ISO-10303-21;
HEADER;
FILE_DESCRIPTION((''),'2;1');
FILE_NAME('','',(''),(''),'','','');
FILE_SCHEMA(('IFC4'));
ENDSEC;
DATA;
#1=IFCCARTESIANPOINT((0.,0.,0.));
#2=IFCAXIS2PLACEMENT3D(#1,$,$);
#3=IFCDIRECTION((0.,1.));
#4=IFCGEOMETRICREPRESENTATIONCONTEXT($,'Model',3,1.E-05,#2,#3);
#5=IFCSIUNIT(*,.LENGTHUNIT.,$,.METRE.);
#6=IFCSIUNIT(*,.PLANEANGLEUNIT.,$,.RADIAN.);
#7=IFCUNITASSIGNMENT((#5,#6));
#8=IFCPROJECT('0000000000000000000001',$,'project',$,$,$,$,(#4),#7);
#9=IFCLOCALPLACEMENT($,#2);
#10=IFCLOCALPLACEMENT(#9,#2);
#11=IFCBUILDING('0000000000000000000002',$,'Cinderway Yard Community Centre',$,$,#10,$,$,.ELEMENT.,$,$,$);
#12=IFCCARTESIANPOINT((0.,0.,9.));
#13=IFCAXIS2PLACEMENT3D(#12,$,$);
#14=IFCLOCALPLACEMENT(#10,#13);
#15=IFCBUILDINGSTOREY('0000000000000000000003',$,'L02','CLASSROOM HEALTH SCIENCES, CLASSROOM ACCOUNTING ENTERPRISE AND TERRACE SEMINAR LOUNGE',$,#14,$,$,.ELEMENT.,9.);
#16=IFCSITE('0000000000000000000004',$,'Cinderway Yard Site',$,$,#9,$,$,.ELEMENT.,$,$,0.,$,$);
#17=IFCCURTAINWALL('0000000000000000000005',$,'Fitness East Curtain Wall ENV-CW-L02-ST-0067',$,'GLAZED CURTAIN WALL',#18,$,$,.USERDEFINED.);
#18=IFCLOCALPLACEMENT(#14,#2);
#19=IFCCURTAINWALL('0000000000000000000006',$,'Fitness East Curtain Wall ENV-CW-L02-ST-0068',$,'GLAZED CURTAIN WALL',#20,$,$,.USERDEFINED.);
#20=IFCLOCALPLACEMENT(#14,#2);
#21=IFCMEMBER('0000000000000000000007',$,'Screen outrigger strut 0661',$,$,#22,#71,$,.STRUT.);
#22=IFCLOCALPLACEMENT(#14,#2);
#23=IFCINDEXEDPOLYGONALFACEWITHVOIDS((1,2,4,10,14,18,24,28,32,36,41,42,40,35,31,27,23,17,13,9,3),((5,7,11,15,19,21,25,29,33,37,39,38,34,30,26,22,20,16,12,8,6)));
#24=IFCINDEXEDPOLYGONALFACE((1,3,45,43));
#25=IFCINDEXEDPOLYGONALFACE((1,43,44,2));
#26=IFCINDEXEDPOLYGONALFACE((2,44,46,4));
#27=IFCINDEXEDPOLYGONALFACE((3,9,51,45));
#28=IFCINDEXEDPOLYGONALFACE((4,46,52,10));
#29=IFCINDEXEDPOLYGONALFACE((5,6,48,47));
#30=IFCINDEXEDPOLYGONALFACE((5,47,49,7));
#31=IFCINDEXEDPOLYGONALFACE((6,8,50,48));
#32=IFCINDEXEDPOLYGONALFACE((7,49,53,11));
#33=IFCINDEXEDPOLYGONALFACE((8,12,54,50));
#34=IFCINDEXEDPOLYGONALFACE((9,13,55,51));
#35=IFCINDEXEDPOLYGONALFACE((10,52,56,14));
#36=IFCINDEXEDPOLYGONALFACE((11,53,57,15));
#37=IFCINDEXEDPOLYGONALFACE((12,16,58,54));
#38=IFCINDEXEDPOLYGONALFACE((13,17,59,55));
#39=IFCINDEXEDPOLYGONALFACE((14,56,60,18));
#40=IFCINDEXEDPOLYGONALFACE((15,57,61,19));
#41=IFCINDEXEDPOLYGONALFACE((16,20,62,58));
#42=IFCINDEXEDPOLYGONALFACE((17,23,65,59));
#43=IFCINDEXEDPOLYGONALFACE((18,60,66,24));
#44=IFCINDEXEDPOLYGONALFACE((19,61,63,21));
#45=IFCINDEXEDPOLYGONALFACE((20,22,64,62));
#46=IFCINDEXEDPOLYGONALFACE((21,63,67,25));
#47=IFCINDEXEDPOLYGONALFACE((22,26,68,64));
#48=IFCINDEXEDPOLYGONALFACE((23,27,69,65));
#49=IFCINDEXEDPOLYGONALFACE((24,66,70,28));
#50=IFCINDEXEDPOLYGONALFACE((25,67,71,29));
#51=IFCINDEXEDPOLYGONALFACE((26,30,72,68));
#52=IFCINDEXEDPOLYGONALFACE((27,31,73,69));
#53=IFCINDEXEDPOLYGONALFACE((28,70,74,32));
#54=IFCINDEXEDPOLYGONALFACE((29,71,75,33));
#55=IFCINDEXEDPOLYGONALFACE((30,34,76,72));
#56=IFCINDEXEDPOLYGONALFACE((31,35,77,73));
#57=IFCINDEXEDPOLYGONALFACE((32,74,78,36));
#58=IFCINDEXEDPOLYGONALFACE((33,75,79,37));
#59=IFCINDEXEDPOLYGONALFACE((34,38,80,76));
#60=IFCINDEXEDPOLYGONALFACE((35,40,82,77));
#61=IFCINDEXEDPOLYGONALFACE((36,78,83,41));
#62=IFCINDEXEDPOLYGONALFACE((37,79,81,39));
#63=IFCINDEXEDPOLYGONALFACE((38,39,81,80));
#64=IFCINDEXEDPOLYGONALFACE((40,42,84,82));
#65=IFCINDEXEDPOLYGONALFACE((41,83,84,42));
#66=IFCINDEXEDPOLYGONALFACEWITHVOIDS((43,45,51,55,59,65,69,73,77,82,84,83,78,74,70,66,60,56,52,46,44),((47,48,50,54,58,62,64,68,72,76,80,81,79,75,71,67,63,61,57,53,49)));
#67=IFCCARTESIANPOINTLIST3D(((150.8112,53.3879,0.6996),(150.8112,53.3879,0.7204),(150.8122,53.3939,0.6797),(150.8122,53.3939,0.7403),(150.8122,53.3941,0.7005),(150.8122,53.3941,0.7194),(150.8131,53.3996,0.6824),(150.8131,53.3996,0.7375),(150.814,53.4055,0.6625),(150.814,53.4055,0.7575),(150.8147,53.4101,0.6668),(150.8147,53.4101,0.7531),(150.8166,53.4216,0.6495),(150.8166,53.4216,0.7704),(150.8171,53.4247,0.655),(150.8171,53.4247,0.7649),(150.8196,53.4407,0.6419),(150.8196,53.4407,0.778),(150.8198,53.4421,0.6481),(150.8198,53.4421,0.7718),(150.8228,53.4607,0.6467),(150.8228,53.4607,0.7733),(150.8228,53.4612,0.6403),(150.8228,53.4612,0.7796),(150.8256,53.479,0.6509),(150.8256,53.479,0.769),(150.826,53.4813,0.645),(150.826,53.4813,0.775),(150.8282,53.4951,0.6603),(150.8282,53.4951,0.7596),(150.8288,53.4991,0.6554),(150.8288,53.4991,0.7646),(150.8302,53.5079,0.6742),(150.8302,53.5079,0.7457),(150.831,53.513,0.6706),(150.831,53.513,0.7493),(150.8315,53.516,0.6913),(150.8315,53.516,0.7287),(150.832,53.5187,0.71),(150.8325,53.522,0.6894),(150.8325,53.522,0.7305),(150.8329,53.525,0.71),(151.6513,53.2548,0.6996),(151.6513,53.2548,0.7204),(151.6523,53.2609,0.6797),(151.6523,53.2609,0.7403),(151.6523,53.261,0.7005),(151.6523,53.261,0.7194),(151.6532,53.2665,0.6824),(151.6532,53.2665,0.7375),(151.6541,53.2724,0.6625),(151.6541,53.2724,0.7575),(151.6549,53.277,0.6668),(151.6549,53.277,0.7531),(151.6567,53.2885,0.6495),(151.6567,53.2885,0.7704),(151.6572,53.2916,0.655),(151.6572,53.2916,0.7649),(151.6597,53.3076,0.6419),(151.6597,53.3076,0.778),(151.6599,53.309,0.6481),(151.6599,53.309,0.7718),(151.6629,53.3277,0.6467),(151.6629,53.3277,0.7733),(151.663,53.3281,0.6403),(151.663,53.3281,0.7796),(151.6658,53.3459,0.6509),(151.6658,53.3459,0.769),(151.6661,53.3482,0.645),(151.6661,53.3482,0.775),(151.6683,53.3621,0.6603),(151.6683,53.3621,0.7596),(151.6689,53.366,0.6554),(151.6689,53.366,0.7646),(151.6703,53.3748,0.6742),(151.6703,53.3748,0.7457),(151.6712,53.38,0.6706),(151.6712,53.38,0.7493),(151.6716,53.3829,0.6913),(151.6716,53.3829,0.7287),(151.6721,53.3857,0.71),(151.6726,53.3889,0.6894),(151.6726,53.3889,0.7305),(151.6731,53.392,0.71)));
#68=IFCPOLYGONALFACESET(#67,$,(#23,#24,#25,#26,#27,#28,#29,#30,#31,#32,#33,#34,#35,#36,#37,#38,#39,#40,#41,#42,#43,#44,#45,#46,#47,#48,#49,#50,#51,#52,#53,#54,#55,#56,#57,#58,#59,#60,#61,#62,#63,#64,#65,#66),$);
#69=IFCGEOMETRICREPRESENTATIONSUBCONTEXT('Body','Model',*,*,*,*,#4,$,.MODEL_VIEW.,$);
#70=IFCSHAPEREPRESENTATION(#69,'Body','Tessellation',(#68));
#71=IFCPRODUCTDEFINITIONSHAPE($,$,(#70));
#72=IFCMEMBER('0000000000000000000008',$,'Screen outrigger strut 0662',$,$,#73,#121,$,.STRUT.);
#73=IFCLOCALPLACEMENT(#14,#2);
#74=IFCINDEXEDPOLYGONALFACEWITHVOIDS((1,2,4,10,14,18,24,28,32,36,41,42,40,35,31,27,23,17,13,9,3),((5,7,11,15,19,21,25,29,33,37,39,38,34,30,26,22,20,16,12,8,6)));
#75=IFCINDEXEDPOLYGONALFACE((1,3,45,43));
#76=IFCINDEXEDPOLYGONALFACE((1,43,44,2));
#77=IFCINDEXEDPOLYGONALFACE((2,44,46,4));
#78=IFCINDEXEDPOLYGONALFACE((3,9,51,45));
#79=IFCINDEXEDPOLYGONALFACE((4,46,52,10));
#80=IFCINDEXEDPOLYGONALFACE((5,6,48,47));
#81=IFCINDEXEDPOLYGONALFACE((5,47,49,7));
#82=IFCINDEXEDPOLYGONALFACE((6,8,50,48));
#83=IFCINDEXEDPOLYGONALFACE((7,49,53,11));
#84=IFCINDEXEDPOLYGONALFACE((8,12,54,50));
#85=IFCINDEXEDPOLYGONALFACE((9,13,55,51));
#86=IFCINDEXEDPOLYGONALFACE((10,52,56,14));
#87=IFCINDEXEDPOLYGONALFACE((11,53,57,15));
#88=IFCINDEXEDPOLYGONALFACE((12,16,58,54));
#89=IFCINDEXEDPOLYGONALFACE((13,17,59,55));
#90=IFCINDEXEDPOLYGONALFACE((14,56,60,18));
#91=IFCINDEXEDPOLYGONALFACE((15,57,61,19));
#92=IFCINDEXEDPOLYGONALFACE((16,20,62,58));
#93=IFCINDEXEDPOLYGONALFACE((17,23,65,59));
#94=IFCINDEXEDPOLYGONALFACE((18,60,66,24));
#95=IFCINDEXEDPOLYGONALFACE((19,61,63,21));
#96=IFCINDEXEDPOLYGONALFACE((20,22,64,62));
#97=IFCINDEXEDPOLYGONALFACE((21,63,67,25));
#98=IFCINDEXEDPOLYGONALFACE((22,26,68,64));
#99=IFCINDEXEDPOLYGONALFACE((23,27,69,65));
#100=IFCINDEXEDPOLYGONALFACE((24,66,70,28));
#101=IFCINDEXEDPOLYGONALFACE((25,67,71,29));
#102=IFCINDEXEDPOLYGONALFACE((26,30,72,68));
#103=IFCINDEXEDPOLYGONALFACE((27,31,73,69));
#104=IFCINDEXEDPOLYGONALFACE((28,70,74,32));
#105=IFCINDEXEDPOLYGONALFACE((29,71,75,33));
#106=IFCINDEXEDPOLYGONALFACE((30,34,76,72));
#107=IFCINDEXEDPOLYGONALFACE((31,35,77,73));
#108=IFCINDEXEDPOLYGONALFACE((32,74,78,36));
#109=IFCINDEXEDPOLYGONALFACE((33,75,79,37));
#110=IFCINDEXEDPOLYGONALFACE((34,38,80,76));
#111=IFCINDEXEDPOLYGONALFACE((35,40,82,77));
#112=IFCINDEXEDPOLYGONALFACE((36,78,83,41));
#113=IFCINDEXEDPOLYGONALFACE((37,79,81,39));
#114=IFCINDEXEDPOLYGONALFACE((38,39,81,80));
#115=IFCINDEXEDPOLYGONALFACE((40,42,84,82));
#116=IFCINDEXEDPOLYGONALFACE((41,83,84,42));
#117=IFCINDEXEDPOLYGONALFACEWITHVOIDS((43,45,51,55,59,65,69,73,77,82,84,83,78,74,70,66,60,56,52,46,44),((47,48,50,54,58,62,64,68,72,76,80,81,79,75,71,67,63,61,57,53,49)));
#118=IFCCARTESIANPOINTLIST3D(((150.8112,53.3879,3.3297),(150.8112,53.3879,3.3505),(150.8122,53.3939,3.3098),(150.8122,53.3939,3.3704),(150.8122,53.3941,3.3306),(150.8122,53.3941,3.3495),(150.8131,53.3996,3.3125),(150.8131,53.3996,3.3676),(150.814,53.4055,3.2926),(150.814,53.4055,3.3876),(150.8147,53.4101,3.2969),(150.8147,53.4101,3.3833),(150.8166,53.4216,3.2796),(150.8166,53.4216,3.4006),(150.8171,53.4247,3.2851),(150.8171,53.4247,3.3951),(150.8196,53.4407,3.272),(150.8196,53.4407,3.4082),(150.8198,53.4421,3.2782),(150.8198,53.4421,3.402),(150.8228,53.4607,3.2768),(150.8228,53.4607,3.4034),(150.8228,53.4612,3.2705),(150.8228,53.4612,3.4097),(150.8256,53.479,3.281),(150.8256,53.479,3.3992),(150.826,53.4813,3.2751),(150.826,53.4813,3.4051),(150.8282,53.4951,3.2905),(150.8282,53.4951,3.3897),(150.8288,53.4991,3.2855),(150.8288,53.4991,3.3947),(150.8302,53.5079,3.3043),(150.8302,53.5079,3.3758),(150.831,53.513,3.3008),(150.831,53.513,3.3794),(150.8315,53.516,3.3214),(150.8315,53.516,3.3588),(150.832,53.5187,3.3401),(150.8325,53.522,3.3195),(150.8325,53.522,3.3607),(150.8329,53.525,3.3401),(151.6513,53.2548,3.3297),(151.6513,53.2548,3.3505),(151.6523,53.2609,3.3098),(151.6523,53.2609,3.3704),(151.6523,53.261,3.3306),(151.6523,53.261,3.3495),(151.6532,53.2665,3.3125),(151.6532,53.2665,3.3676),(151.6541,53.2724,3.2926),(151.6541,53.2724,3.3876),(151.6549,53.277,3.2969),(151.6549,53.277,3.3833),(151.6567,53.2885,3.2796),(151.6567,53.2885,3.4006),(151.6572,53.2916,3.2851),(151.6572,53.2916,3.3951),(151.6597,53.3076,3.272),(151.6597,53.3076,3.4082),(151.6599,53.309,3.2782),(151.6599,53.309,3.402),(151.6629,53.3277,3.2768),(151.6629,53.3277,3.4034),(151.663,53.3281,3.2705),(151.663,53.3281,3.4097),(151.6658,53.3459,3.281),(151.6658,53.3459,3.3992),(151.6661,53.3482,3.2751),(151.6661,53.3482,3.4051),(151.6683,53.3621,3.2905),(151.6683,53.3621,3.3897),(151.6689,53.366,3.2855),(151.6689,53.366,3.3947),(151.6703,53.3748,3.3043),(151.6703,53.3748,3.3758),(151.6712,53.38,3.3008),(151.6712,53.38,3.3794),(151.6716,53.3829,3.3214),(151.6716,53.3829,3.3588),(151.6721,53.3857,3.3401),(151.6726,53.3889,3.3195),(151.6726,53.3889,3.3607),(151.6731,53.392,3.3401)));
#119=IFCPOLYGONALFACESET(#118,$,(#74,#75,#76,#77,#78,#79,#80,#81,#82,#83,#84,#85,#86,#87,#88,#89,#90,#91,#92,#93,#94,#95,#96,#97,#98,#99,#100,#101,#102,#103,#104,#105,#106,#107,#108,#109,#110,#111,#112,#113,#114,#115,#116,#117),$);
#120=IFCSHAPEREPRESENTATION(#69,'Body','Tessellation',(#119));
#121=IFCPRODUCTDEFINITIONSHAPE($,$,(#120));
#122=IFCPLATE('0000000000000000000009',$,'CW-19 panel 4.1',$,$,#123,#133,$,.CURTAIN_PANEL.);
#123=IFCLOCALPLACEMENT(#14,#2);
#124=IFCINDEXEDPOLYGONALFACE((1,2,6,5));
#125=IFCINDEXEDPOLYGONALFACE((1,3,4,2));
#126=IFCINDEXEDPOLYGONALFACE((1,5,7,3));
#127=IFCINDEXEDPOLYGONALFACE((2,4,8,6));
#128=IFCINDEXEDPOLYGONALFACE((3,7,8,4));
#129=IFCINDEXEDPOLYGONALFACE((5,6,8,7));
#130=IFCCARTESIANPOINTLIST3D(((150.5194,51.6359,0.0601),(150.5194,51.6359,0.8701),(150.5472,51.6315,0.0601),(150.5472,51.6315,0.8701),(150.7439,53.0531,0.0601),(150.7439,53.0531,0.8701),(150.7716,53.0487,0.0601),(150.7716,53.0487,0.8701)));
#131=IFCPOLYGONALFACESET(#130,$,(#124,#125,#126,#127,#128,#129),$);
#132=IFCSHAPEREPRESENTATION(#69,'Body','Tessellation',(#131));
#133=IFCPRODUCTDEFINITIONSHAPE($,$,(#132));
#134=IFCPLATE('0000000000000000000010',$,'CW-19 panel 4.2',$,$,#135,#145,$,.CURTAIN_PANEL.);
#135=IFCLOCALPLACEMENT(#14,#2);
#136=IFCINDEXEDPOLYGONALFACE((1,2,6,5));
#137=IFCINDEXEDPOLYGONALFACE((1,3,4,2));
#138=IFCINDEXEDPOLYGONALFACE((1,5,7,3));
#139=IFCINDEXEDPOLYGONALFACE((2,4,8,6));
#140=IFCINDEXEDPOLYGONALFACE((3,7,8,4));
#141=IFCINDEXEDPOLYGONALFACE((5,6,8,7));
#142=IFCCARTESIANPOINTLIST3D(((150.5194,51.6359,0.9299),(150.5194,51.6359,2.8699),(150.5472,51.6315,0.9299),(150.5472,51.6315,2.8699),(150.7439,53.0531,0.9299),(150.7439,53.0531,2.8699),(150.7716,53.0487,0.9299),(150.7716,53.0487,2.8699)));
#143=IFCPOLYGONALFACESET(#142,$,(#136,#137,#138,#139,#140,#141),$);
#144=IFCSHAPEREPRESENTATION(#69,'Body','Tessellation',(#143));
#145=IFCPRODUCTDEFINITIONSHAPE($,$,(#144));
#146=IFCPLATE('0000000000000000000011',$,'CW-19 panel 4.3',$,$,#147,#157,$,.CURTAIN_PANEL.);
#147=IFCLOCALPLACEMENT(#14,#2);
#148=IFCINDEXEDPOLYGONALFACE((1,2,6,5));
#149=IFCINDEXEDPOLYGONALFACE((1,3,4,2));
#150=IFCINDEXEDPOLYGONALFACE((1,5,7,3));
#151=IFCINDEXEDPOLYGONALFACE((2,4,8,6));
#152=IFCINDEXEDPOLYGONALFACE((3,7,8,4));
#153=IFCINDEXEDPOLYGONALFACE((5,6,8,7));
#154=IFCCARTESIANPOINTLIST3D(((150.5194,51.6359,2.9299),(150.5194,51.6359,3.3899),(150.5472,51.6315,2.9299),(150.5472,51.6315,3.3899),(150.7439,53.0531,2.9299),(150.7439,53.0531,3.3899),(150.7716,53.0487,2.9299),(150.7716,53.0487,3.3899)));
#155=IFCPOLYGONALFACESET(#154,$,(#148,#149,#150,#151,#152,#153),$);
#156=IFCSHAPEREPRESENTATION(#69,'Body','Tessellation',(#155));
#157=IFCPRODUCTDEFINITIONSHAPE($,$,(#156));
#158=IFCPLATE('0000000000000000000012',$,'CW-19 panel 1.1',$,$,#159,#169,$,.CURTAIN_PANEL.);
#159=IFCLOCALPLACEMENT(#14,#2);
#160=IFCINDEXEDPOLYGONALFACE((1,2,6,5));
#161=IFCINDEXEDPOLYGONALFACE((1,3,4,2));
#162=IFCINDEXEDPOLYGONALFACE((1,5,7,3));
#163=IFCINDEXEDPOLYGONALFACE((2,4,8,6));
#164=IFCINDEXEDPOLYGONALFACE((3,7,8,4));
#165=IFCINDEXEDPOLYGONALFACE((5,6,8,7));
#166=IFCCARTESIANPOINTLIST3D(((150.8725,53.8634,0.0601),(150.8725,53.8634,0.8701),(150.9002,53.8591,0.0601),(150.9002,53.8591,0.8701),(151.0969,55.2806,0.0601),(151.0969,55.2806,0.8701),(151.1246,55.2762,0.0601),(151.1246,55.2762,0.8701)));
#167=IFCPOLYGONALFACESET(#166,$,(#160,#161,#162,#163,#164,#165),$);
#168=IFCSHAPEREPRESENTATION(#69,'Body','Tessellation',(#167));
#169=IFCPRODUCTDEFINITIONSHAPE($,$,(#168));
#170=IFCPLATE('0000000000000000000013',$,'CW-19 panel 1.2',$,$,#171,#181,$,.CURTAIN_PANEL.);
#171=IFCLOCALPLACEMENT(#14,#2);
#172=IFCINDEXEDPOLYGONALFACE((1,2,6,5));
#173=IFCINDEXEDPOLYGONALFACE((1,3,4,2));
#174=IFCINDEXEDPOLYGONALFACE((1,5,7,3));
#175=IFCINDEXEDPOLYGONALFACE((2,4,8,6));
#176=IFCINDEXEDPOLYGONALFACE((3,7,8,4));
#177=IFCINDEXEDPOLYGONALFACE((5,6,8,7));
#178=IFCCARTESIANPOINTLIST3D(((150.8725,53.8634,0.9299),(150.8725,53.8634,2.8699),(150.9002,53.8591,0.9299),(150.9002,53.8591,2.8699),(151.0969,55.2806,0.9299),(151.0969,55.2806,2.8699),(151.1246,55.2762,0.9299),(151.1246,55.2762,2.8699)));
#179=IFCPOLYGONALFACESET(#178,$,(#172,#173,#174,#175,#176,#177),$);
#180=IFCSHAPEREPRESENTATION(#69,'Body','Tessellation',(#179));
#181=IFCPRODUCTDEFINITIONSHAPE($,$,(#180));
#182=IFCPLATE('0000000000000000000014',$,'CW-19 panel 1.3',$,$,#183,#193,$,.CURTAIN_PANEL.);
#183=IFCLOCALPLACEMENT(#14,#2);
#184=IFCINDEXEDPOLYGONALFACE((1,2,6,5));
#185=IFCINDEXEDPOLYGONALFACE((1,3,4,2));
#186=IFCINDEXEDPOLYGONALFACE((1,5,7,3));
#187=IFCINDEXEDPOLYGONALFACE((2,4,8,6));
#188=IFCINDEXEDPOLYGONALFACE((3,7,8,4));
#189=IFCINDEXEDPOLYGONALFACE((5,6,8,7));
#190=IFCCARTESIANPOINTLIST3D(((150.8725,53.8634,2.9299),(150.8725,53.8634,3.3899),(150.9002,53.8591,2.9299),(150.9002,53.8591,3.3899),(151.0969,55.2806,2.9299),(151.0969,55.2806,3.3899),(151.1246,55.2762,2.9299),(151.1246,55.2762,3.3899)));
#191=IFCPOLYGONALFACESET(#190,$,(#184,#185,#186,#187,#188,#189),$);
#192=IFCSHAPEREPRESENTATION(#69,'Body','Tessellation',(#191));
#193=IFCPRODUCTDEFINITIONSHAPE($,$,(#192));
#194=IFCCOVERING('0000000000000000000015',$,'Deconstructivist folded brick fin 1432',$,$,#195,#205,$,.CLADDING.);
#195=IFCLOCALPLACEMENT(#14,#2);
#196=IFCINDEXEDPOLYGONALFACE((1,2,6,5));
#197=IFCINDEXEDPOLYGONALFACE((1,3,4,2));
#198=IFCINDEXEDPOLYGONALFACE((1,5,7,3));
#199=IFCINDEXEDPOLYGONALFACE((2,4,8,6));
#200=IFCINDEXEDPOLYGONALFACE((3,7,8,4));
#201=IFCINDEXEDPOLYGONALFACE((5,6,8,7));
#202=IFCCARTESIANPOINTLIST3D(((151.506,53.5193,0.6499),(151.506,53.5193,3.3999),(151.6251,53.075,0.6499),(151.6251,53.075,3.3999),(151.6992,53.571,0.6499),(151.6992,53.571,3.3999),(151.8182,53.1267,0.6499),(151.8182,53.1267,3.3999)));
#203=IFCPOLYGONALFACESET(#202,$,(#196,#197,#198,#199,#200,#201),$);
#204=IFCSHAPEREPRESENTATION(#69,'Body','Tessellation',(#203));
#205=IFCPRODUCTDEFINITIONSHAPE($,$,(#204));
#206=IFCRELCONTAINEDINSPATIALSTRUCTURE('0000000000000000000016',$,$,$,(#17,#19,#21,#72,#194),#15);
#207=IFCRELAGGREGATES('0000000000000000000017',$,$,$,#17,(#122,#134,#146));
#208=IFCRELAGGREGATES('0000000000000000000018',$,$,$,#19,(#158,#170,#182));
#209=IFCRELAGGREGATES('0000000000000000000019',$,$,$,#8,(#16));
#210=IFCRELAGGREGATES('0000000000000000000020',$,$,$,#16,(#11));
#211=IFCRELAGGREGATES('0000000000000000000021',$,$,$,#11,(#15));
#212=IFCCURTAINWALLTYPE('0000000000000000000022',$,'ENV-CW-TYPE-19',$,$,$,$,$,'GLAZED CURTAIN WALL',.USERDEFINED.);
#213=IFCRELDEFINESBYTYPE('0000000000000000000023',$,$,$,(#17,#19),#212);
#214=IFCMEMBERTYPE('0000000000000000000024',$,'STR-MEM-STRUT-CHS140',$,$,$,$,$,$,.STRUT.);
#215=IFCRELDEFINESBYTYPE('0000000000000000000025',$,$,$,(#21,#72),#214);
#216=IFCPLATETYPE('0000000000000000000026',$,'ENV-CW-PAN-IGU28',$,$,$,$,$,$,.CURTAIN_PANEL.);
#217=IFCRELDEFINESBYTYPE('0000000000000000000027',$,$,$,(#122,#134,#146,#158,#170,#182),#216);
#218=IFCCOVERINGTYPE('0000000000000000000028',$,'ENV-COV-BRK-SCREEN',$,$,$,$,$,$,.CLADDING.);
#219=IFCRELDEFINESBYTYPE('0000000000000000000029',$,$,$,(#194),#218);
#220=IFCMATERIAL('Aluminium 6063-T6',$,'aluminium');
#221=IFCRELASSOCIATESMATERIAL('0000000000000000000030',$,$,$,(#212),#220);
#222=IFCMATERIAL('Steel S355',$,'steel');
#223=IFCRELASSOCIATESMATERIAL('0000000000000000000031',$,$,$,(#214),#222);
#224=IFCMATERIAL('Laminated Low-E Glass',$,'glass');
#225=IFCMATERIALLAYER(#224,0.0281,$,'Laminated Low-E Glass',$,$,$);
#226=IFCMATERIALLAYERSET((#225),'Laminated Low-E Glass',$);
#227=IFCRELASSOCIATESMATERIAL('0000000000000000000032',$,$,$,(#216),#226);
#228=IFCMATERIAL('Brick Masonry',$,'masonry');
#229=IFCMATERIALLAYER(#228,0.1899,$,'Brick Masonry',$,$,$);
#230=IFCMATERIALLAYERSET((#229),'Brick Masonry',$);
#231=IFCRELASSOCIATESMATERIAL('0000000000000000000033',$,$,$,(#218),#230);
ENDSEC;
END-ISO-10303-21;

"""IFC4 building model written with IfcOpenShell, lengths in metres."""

from ifc_helpers import new_model, si_unit, direction, frame, origin, origin_2d, place, context, subcontext, project, spatial, rectangle, hollow_circle, extrude, material, layer, layer_set, material_profile, profile_set, type_object, element, aggregate, save


model = new_model("IFC4")

# Units and contexts
model_context = context("Model", 3, precision=1e-05, world=origin(), true_north=direction((0.0, 1.0)))
body_context = subcontext(model_context, "Body", "Model", "MODEL_VIEW")
ifc_project = project(units=[si_unit("LENGTHUNIT", "METRE"), si_unit("PLANEANGLEUNIT", "RADIAN")], contexts=[model_context])

# Site, building, storey
site_placement = place(None, origin())
site = spatial("IfcSite", under=ifc_project, at=site_placement, Name="Cinderway Yard Site", CompositionType="ELEMENT", RefElevation=0.0)
building_placement = place(site_placement, origin())
building = spatial("IfcBuilding", under=site, at=building_placement, Name="Cinderway Yard Community Centre", CompositionType="ELEMENT")
storey_placement = place(building_placement, frame((0.0, 0.0, 9.0)))
storey = spatial("IfcBuildingStorey", under=building, at=storey_placement, Name="L02", Description="CLASSROOM HEALTH SCIENCES, CLASSROOM ACCOUNTING ENTERPRISE AND TERRACE SEMINAR LOUNGE", CompositionType="ELEMENT", Elevation=9.0)

# Curtain walls
ifc_material_1 = material(Name="Aluminium 6063-T6", Category="aluminium")
curtain_wall_type = type_object("IfcCurtainWallType", Name="ENV-CW-TYPE-19", ElementType="GLAZED CURTAIN WALL", PredefinedType="USERDEFINED", material=ifc_material_1)
curtain_wall_1_placement = place(storey_placement, origin())
curtain_wall_1 = element("IfcCurtainWall", 1, at=curtain_wall_1_placement, inside=storey, type_object=curtain_wall_type, Name="Fitness East Curtain Wall ENV-CW-L02-ST-0067", ObjectType="GLAZED CURTAIN WALL", PredefinedType="USERDEFINED")
curtain_wall_2_placement = place(storey_placement, origin())
curtain_wall_2 = element("IfcCurtainWall", 2, at=curtain_wall_2_placement, inside=storey, type_object=curtain_wall_type, Name="Fitness East Curtain Wall ENV-CW-L02-ST-0068", ObjectType="GLAZED CURTAIN WALL", PredefinedType="USERDEFINED")

# Shared definitions
ifc_material_2 = material(Name="Steel S355", Category="steel")

# Members
ifc_material_profile_1 = material_profile(ifc_material_2, hollow_circle(Radius=0.0698, WallThickness=0.0063, at=origin_2d()), Name="Steel S355")
ifc_profile_set_1 = profile_set([ifc_material_profile_1], Name="Steel S355")
member_type_1 = type_object("IfcMemberType", Name="STR-MEM-STRUT-CHS140", PredefinedType="STRUT", material=ifc_profile_set_1)
for number, where, z_axis, x_axis, name in (
    (3, (150.822, 53.4561, 0.71), (0.987688, -0.156434, 0.0), (0.156434, 0.987688, 0.0), "Screen outrigger strut 0661"),
    (4, (150.822, 53.4561, 3.3401), (0.987688, -0.156434, 0.0), (0.156434, 0.987688, 0.0), "Screen outrigger strut 0662"),
):
    element("IfcMember", number, at=place(storey_placement, frame(where, z_axis=z_axis, x_axis=x_axis)), inside=storey, type_object=member_type_1, Name=name, PredefinedType="STRUT", context=body_context, shape_type="SweptSolid", body=[
        extrude(hollow_circle(Radius=0.0698, WallThickness=0.0063, at=origin_2d()), origin(), (0.0, 0.0, 1.0), 0.8506),
    ])

# Plates
ifc_material_3 = material(Name="Laminated Low-E Glass", Category="glass")
ifc_layer_1 = layer(ifc_material_3, 0.0281, Name="Laminated Low-E Glass")
ifc_layer_set_1 = layer_set([ifc_layer_1], Name="Laminated Low-E Glass")
plate_type = type_object("IfcPlateType", Name="ENV-CW-PAN-IGU28", PredefinedType="CURTAIN_PANEL", material=ifc_layer_set_1)
plate_1_placement = place(storey_placement, frame((150.6455, 52.3423, 0.0601), z_axis=(0.0, 0.0, 1.0), x_axis=(0.156417, 0.987691, 0.0)))
plate_1 = element("IfcPlate", 5, at=plate_1_placement, type_object=plate_type, Name="CW-19 panel 4.1", PredefinedType="CURTAIN_PANEL", context=body_context, shape_type="SweptSolid", body=[
    extrude(rectangle(XDim=1.4348, YDim=0.0281, at=origin_2d()), origin(), (0.0, 0.0, 1.0), 0.8101),
])
plate_2_placement = place(storey_placement, frame((150.6455, 52.3423, 0.9299), z_axis=(0.0, 0.0, 1.0), x_axis=(0.156417, 0.987691, 0.0)))
plate_2 = element("IfcPlate", 6, at=plate_2_placement, type_object=plate_type, Name="CW-19 panel 4.2", PredefinedType="CURTAIN_PANEL", context=body_context, shape_type="SweptSolid", body=[
    extrude(rectangle(XDim=1.4348, YDim=0.0281, at=origin_2d()), origin(), (0.0, 0.0, 1.0), 1.9399),
])
plate_3_placement = place(storey_placement, frame((150.6455, 52.3423, 2.9299), z_axis=(0.0, 0.0, 1.0), x_axis=(0.156417, 0.987691, 0.0)))
plate_3 = element("IfcPlate", 7, at=plate_3_placement, type_object=plate_type, Name="CW-19 panel 4.3", PredefinedType="CURTAIN_PANEL", context=body_context, shape_type="SweptSolid", body=[
    extrude(rectangle(XDim=1.4348, YDim=0.0281, at=origin_2d()), origin(), (0.0, 0.0, 1.0), 0.46),
])
aggregate(curtain_wall_1, [plate_1, plate_2, plate_3])
plate_4_placement = place(storey_placement, frame((150.9985, 54.5698, 0.0601), z_axis=(0.0, 0.0, 1.0), x_axis=(0.156417, 0.987691, 0.0)))
plate_4 = element("IfcPlate", 8, at=plate_4_placement, type_object=plate_type, Name="CW-19 panel 1.1", PredefinedType="CURTAIN_PANEL", context=body_context, shape_type="SweptSolid", body=[
    extrude(rectangle(XDim=1.4348, YDim=0.0281, at=origin_2d()), origin(), (0.0, 0.0, 1.0), 0.8101),
])
plate_5_placement = place(storey_placement, frame((150.9985, 54.5698, 0.9299), z_axis=(0.0, 0.0, 1.0), x_axis=(0.156417, 0.987691, 0.0)))
plate_5 = element("IfcPlate", 9, at=plate_5_placement, type_object=plate_type, Name="CW-19 panel 1.2", PredefinedType="CURTAIN_PANEL", context=body_context, shape_type="SweptSolid", body=[
    extrude(rectangle(XDim=1.4348, YDim=0.0281, at=origin_2d()), origin(), (0.0, 0.0, 1.0), 1.9399),
])
plate_6_placement = place(storey_placement, frame((150.9985, 54.5698, 2.9299), z_axis=(0.0, 0.0, 1.0), x_axis=(0.156417, 0.987691, 0.0)))
plate_6 = element("IfcPlate", 10, at=plate_6_placement, type_object=plate_type, Name="CW-19 panel 1.3", PredefinedType="CURTAIN_PANEL", context=body_context, shape_type="SweptSolid", body=[
    extrude(rectangle(XDim=1.4348, YDim=0.0281, at=origin_2d()), origin(), (0.0, 0.0, 1.0), 0.46),
])
aggregate(curtain_wall_2, [plate_4, plate_5, plate_6])

# Covering
ifc_material_4 = material(Name="Brick Masonry", Category="masonry")
ifc_layer_2 = layer(ifc_material_4, 0.1899, Name="Brick Masonry")
ifc_layer_set_2 = layer_set([ifc_layer_2], Name="Brick Masonry")
covering_type = type_object("IfcCoveringType", Name="ENV-COV-BRK-SCREEN", PredefinedType="CLADDING", material=ifc_layer_set_2)
covering_placement = place(storey_placement, frame((151.6621, 53.323, 0.6499), z_axis=(0.0, 0.0, 1.0), x_axis=(0.258819, -0.965926, 0.0)))
element("IfcCovering", 11, at=covering_placement, inside=storey, type_object=covering_type, Name="Deconstructivist folded brick fin 1432", PredefinedType="CLADDING", context=body_context, shape_type="SweptSolid", body=[
    extrude(rectangle(XDim=0.46, YDim=0.2, at=origin_2d()), origin(), (0.0, 0.0, 1.0), 2.75),
])

save(model, "model.ifc")
